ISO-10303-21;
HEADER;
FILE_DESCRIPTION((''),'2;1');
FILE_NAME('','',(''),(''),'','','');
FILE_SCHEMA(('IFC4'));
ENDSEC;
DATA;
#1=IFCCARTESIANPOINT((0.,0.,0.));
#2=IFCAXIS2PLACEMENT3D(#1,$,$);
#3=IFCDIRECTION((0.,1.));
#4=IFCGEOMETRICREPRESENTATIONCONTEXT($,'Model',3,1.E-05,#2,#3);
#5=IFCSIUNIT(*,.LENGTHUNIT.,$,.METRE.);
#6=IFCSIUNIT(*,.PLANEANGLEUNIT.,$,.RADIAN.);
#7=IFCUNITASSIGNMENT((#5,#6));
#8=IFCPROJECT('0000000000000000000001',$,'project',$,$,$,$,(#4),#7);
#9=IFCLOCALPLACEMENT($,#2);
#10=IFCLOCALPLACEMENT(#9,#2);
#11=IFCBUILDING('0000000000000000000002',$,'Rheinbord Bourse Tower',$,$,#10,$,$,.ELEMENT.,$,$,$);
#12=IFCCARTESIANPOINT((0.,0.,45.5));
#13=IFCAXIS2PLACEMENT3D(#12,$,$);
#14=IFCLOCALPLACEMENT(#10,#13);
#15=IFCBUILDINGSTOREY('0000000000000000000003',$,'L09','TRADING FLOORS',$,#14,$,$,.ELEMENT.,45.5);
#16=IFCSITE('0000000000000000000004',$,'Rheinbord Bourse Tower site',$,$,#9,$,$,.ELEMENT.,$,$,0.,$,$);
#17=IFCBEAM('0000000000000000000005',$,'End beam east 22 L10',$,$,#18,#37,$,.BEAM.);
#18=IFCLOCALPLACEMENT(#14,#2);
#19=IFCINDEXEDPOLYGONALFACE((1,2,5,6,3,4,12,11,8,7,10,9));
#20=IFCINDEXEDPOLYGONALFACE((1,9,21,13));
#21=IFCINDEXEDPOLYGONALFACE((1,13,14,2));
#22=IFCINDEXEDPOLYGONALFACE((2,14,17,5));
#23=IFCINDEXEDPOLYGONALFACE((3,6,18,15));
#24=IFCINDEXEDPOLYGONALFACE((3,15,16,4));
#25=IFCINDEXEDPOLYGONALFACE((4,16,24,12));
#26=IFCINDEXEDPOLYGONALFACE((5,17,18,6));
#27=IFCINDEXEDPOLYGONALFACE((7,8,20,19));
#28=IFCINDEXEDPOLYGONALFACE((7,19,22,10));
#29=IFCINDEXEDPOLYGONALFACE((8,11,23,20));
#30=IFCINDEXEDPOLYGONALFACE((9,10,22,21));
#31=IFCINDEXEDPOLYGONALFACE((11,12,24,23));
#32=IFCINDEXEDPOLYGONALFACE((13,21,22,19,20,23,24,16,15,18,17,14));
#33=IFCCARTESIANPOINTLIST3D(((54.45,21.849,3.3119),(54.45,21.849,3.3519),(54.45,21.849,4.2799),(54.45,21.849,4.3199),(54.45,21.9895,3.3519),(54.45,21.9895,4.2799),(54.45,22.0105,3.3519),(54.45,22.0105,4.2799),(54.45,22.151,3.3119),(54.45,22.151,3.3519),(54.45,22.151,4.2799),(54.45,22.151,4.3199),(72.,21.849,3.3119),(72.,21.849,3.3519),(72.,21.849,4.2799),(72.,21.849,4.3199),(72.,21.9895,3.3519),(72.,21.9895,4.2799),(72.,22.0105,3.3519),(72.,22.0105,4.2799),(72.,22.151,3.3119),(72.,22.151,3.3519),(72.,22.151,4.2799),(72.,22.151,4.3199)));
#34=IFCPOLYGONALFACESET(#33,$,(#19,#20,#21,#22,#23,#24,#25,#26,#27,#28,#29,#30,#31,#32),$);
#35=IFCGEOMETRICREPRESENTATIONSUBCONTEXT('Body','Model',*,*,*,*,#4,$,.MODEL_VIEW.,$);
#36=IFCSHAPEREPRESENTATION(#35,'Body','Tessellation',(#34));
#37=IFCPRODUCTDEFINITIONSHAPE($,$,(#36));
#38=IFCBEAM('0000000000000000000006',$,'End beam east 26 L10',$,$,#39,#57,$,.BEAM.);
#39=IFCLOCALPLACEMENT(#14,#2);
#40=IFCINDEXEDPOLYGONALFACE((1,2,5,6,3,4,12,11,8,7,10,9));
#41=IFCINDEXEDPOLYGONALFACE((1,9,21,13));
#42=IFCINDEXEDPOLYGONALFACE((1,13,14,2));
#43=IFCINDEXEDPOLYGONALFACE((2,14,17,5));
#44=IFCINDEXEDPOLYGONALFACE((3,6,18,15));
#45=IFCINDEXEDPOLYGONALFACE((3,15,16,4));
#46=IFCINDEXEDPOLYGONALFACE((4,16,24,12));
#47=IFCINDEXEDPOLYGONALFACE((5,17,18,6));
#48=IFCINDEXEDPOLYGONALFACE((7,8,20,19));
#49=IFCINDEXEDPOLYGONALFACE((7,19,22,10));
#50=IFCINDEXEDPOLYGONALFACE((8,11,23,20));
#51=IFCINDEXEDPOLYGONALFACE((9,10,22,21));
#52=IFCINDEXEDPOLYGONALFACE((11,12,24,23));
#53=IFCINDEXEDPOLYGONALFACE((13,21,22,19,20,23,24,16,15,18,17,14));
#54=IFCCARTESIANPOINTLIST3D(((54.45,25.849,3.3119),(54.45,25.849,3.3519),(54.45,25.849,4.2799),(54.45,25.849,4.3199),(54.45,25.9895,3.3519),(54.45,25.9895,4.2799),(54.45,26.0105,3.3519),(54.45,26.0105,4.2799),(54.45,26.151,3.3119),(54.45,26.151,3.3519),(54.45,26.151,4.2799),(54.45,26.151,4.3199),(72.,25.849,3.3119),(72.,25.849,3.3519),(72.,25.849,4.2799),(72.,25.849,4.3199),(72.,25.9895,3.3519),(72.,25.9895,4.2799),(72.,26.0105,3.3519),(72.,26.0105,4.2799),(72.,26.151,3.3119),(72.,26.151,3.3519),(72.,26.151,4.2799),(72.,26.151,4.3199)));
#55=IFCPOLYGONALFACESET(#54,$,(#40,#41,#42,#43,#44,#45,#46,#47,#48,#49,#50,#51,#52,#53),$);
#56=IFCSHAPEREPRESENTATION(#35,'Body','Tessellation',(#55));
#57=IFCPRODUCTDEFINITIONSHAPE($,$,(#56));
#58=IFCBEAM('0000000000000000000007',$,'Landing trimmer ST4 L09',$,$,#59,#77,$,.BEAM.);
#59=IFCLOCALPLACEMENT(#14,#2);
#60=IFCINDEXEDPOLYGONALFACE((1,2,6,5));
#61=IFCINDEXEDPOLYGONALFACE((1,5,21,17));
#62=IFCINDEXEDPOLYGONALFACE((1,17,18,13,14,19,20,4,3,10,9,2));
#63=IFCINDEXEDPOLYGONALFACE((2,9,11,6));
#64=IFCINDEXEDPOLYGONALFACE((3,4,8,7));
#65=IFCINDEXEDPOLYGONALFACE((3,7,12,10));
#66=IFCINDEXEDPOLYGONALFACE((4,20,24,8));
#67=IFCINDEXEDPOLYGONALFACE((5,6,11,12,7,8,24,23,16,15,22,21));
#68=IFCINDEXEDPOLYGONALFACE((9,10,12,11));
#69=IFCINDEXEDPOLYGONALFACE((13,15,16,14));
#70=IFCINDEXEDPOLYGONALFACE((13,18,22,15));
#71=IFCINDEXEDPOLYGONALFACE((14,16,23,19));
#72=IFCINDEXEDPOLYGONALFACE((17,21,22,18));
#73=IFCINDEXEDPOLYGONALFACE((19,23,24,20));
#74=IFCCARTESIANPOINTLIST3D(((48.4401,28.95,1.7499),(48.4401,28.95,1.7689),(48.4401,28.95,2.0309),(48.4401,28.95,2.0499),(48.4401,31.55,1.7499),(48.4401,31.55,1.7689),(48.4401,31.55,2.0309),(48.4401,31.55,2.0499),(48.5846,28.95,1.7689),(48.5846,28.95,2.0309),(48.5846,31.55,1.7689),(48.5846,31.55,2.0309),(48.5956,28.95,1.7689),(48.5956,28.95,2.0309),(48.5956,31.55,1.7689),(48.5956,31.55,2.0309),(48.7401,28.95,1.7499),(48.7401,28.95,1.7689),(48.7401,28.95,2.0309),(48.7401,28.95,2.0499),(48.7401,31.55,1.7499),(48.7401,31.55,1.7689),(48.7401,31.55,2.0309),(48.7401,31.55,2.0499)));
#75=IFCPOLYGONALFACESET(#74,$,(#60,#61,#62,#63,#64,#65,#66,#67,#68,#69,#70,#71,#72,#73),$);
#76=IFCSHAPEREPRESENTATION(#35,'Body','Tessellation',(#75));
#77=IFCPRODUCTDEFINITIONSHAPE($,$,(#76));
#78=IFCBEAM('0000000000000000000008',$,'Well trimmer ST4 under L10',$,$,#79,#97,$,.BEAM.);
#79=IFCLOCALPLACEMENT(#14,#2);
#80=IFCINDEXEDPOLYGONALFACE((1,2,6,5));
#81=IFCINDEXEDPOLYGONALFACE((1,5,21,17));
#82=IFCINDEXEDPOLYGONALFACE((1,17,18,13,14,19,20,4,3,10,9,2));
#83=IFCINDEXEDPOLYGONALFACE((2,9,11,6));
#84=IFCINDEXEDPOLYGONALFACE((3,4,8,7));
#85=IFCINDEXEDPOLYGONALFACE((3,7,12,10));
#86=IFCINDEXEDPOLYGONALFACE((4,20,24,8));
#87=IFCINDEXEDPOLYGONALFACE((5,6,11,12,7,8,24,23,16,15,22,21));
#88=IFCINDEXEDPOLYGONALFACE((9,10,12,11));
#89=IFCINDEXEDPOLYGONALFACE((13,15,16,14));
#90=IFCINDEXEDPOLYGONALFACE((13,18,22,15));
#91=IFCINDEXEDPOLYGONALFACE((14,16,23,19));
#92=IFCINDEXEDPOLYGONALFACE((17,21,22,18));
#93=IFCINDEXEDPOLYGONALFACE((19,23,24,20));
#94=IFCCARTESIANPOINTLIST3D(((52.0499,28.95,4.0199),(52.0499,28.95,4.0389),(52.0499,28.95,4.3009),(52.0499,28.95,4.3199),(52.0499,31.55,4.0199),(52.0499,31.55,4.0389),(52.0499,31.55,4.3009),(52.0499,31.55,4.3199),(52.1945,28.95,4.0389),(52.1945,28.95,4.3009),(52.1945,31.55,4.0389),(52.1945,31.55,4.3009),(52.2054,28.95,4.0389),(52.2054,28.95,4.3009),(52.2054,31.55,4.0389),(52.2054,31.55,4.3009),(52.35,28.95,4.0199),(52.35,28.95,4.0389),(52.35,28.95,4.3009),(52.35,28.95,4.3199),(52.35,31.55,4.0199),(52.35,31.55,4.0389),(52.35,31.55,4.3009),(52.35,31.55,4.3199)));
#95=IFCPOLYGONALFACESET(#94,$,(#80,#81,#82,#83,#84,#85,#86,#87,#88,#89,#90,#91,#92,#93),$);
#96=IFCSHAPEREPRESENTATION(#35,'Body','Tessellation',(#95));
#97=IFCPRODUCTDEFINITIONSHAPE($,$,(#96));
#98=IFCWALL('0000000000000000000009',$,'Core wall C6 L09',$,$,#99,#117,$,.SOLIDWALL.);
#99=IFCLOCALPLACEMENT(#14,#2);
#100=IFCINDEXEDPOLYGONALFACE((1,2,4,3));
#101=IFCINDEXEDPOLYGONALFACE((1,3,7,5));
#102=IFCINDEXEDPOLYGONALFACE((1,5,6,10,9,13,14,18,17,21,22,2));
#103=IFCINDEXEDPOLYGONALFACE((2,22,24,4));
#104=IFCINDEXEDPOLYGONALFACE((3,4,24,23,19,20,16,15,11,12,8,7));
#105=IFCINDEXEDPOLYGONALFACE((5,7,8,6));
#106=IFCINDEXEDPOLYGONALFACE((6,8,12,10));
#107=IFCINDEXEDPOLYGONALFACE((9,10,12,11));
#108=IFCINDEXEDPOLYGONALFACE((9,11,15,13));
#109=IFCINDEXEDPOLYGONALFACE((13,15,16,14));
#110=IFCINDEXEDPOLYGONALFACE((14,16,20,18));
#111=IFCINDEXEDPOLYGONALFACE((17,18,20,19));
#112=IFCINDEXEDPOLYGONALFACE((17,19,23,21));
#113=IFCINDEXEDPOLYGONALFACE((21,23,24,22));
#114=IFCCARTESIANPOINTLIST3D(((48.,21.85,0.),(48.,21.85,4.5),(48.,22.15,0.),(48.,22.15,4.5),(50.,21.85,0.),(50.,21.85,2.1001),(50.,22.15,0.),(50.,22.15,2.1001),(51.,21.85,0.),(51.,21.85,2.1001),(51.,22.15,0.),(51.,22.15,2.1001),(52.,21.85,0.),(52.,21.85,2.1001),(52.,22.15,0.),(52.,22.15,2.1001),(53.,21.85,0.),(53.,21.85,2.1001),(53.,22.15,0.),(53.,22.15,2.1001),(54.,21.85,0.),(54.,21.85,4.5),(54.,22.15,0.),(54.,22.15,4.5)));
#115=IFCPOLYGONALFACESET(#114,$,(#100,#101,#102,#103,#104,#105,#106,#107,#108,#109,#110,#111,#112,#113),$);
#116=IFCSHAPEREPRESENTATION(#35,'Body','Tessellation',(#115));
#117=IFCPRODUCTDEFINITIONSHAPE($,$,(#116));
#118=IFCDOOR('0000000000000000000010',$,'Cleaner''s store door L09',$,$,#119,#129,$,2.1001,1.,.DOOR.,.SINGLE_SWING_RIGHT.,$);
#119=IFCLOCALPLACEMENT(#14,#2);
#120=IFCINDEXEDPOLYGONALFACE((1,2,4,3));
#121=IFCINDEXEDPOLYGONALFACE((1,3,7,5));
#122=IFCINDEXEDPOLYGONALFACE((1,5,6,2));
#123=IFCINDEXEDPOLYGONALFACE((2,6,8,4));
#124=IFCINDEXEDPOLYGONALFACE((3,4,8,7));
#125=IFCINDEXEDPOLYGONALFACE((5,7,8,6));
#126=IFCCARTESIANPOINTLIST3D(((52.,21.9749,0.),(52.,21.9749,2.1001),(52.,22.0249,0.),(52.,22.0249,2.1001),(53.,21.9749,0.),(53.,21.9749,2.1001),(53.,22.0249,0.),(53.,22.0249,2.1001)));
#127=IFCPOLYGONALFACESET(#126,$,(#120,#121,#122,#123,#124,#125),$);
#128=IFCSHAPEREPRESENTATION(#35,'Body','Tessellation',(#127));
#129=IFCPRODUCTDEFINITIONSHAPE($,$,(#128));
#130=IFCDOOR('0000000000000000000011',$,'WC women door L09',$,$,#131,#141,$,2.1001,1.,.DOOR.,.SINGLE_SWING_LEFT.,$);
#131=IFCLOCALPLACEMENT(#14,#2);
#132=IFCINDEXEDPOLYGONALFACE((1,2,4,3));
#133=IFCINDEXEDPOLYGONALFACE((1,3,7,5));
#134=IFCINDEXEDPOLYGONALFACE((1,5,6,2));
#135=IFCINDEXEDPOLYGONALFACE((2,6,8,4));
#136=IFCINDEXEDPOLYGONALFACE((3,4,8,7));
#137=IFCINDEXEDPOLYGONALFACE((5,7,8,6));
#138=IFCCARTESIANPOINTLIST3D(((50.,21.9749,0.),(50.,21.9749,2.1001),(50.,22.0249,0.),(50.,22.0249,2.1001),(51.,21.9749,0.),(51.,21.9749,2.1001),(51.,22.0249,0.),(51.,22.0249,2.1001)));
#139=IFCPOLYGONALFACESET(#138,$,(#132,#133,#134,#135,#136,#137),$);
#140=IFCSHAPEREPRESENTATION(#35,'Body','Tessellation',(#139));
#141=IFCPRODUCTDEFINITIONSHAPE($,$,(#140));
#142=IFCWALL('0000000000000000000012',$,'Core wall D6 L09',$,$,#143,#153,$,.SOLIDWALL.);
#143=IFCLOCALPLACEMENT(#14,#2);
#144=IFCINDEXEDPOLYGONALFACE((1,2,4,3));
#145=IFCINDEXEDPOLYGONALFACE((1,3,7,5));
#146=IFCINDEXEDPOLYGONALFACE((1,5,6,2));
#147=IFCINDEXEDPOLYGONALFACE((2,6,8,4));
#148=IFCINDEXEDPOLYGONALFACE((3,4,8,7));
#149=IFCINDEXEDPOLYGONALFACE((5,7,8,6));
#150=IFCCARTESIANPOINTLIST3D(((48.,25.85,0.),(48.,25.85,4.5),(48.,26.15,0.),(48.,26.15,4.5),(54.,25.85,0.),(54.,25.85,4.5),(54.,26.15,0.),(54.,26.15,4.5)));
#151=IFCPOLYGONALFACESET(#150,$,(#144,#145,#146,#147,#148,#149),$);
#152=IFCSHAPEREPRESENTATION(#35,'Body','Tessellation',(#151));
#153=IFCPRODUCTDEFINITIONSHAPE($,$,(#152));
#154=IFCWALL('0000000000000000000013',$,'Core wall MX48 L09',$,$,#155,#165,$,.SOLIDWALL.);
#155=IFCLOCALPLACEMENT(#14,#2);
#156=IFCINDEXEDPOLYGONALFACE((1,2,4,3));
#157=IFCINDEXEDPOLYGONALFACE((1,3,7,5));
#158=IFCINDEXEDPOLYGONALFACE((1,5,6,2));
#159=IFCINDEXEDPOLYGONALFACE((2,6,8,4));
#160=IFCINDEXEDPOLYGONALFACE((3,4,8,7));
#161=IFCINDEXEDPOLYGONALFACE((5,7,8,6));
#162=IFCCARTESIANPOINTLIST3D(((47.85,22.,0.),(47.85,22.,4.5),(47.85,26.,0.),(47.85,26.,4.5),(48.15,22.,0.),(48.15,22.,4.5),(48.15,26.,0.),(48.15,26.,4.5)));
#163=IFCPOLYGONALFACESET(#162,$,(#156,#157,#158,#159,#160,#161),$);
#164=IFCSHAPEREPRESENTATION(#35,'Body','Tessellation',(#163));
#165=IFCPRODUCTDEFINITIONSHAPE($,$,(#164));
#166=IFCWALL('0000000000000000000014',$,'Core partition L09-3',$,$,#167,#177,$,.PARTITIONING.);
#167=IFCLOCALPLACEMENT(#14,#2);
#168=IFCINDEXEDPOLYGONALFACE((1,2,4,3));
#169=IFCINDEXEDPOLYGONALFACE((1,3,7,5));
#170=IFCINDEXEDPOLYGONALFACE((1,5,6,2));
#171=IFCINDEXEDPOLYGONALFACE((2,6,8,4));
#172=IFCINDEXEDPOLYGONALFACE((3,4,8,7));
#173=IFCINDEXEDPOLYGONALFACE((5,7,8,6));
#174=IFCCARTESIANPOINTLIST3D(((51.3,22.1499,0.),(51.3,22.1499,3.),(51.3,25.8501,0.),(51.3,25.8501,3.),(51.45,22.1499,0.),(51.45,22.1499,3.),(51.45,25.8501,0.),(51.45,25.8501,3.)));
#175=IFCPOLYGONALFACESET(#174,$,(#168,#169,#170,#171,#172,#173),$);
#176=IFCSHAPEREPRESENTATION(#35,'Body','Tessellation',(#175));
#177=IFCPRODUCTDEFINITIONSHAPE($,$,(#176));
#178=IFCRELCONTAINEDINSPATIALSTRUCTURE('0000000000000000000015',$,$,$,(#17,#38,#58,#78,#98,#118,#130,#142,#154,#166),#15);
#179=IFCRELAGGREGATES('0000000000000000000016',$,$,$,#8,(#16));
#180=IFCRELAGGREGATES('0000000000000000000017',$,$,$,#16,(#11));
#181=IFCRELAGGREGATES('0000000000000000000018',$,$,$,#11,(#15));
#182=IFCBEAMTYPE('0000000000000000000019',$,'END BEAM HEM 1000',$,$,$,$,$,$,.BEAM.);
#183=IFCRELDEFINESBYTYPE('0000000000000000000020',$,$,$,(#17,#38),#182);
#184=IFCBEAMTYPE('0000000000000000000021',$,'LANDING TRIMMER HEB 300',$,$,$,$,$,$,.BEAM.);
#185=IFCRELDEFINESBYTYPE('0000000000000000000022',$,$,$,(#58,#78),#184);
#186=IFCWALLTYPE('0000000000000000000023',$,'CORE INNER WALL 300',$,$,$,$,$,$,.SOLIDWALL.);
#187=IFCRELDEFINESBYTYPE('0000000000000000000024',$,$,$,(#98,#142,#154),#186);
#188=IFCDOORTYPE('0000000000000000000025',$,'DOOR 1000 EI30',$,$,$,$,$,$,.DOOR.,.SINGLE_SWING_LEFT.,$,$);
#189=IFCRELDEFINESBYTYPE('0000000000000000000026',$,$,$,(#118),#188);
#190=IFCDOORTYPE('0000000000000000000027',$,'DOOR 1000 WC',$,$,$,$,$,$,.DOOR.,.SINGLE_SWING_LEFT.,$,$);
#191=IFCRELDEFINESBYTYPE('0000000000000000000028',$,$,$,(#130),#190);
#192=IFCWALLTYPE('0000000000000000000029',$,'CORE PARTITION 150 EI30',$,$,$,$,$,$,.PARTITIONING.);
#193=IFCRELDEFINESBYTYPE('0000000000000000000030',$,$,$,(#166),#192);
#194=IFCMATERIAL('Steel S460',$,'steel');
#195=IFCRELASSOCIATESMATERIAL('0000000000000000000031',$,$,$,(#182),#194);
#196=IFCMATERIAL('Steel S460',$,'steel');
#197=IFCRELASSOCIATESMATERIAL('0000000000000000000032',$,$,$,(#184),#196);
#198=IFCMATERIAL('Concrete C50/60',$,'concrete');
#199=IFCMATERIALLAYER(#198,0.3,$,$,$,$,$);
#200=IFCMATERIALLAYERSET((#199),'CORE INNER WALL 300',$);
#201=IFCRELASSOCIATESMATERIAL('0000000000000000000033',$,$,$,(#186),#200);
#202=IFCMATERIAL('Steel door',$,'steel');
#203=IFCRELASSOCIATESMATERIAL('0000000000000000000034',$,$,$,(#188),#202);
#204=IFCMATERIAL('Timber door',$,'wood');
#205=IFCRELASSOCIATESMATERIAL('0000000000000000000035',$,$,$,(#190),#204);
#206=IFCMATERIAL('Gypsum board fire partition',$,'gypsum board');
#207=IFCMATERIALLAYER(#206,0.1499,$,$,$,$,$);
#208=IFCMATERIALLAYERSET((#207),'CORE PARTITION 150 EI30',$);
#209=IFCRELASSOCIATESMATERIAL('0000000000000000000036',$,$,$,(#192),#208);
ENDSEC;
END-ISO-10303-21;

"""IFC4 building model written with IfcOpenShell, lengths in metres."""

from ifc_helpers import new_model, si_unit, direction, frame, frame_2d, origin, origin_2d, place, context, subcontext, project, spatial, rectangle, i_section, extrude, material, layer, layer_set, material_profile, profile_set, type_object, element, fill, save


model = new_model("IFC4")

# Units and contexts
model_context = context("Model", 3, precision=1e-05, world=origin(), true_north=direction((0.0, 1.0)))
body_context = subcontext(model_context, "Body", "Model", "MODEL_VIEW")
ifc_project = project(units=[si_unit("LENGTHUNIT", "METRE"), si_unit("PLANEANGLEUNIT", "RADIAN")], contexts=[model_context])

# Site, building, storey
site_placement = place(None, origin())
site = spatial("IfcSite", under=ifc_project, at=site_placement, Name="Rheinbord Bourse Tower site", CompositionType="ELEMENT", RefElevation=0.0)
building_placement = place(site_placement, origin())
building = spatial("IfcBuilding", under=site, at=building_placement, Name="Rheinbord Bourse Tower", CompositionType="ELEMENT")
storey_placement = place(building_placement, frame((0.0, 0.0, 45.5)))
storey = spatial("IfcBuildingStorey", under=building, at=storey_placement, Name="L09", Description="TRADING FLOORS", CompositionType="ELEMENT", Elevation=45.5)

# Beams
ifc_material_1 = material(Name="Steel S460", Category="steel")
ifc_material_profile_1 = material_profile(ifc_material_1, i_section(OverallWidth=0.302, OverallDepth=1.0081, WebThickness=0.021, FlangeThickness=0.04, at=origin_2d()), Name="HEM 1000")
ifc_profile_set_1 = profile_set([ifc_material_profile_1], Name="Steel S460")
beam_type_1 = type_object("IfcBeamType", Name="END BEAM HEM 1000", PredefinedType="BEAM", material=ifc_profile_set_1)
for number, where, z_axis, x_axis, name in (
    (1, (54.45, 22.0, 3.8159), (1.0, 0.0, 0.0), (0.0, 1.0, 0.0), "End beam east 22 L10"),
    (2, (54.45, 26.0, 3.8159), (1.0, 0.0, 0.0), (0.0, 1.0, 0.0), "End beam east 26 L10"),
):
    element("IfcBeam", number, at=place(storey_placement, frame(where, z_axis=z_axis, x_axis=x_axis)), inside=storey, type_object=beam_type_1, Name=name, PredefinedType="BEAM", context=body_context, shape_type="SweptSolid", body=[
        extrude(i_section(OverallWidth=0.302, OverallDepth=1.0081, WebThickness=0.021, FlangeThickness=0.04, at=origin_2d()), origin(), (0.0, 0.0, 1.0), 17.55),
    ])
ifc_material_2 = material(Name="Steel S460", Category="steel")
ifc_material_profile_2 = material_profile(ifc_material_2, i_section(OverallWidth=0.3, OverallDepth=0.3, WebThickness=0.011, FlangeThickness=0.019, at=origin_2d()), Name="HEB 300")
ifc_profile_set_2 = profile_set([ifc_material_profile_2], Name="Steel S460")
beam_type_2 = type_object("IfcBeamType", Name="LANDING TRIMMER HEB 300", PredefinedType="BEAM", material=ifc_profile_set_2)
for number, where, z_axis, x_axis, name in (
    (3, (48.5901, 28.95, 1.8999), (0.0, 1.0, 0.0), (-1.0, 0.0, 0.0), "Landing trimmer ST4 L09"),
    (4, (52.2, 28.95, 4.1699), (0.0, 1.0, 0.0), (-1.0, 0.0, 0.0), "Well trimmer ST4 under L10"),
):
    element("IfcBeam", number, at=place(storey_placement, frame(where, z_axis=z_axis, x_axis=x_axis)), inside=storey, type_object=beam_type_2, Name=name, PredefinedType="BEAM", context=body_context, shape_type="SweptSolid", body=[
        extrude(i_section(OverallWidth=0.3, OverallDepth=0.3, WebThickness=0.011, FlangeThickness=0.019, at=origin_2d()), origin(), (0.0, 0.0, 1.0), 2.6001),
    ])

# Wall, openings, doors
ifc_material_3 = material(Name="Concrete C50/60", Category="concrete")
ifc_layer_1 = layer(ifc_material_3, 0.3)
ifc_layer_set_1 = layer_set([ifc_layer_1], Name="CORE INNER WALL 300")
wall_type_1 = type_object("IfcWallType", Name="CORE INNER WALL 300", PredefinedType="SOLIDWALL", material=ifc_layer_set_1)
wall_1_placement = place(storey_placement, frame((48.0, 22.0, 0.0), z_axis=(0.0, 0.0, 1.0), x_axis=(1.0, 0.0, 0.0)))
wall_1 = element("IfcWall", 5, at=wall_1_placement, inside=storey, type_object=wall_type_1, Name="Core wall C6 L09", PredefinedType="SOLIDWALL", context=body_context, shape_type="SweptSolid", body=[
    extrude(rectangle(XDim=6.0, YDim=0.3, at=frame_2d((3.0, 0.0))), origin(), (0.0, 0.0, 1.0), 4.5),
])
opening_1_placement = place(wall_1_placement, frame((2.0, 0.0, 0.0)))
opening_1 = element("IfcOpeningElement", 6, at=opening_1_placement, cuts=wall_1, PredefinedType="OPENING", context=body_context, shape_type="SweptSolid", body=[
    extrude(rectangle(XDim=1.0, YDim=2.1001, at=frame_2d((0.5, 1.05))), frame((0.0, 0.1599, 0.0), z_axis=(0.0, -1.0, 0.0), x_axis=(1.0, 0.0, 0.0)), (0.0, 0.0, 1.0), 0.3201),
])
opening_2_placement = place(wall_1_placement, frame((4.0, 0.0, 0.0)))
opening_2 = element("IfcOpeningElement", 7, at=opening_2_placement, cuts=wall_1, PredefinedType="OPENING", context=body_context, shape_type="SweptSolid", body=[
    extrude(rectangle(XDim=1.0, YDim=2.1001, at=frame_2d((0.5, 1.05))), frame((0.0, 0.1599, 0.0), z_axis=(0.0, -1.0, 0.0), x_axis=(1.0, 0.0, 0.0)), (0.0, 0.0, 1.0), 0.3201),
])
ifc_material_4 = material(Name="Steel door", Category="steel")
door_type_1 = type_object("IfcDoorType", Name="DOOR 1000 EI30", OperationType="SINGLE_SWING_LEFT", PredefinedType="DOOR", material=ifc_material_4)
door_1_placement = place(opening_2_placement, origin())
door_1 = element("IfcDoor", 8, at=door_1_placement, inside=storey, type_object=door_type_1, Name="Cleaner's store door L09", OperationType="SINGLE_SWING_RIGHT", OverallHeight=2.1001, OverallWidth=1.0, PredefinedType="DOOR", context=body_context, shape_type="SweptSolid", body=[
    extrude(rectangle(XDim=1.0, YDim=2.1001, at=frame_2d((0.5, 1.05))), frame((0.0, 0.0249, 0.0), z_axis=(0.0, -1.0, 0.0), x_axis=(1.0, 0.0, 0.0)), (0.0, 0.0, 1.0), 0.05),
])
fill(opening_2, door_1)
ifc_material_5 = material(Name="Timber door", Category="wood")
door_type_2 = type_object("IfcDoorType", Name="DOOR 1000 WC", OperationType="SINGLE_SWING_LEFT", PredefinedType="DOOR", material=ifc_material_5)
door_2_placement = place(opening_1_placement, origin())
door_2 = element("IfcDoor", 9, at=door_2_placement, inside=storey, type_object=door_type_2, Name="WC women door L09", OperationType="SINGLE_SWING_LEFT", OverallHeight=2.1001, OverallWidth=1.0, PredefinedType="DOOR", context=body_context, shape_type="SweptSolid", body=[
    extrude(rectangle(XDim=1.0, YDim=2.1001, at=frame_2d((0.5, 1.05))), frame((0.0, 0.0249, 0.0), z_axis=(0.0, -1.0, 0.0), x_axis=(1.0, 0.0, 0.0)), (0.0, 0.0, 1.0), 0.05),
])
fill(opening_1, door_2)

# Walls
wall_2_placement = place(storey_placement, frame((48.0, 26.0, 0.0), z_axis=(0.0, 0.0, 1.0), x_axis=(1.0, 0.0, 0.0)))
element("IfcWall", 10, at=wall_2_placement, inside=storey, type_object=wall_type_1, Name="Core wall D6 L09", PredefinedType="SOLIDWALL", context=body_context, shape_type="SweptSolid", body=[
    extrude(rectangle(XDim=6.0, YDim=0.3, at=frame_2d((3.0, 0.0))), origin(), (0.0, 0.0, 1.0), 4.5),
])
wall_3_placement = place(storey_placement, frame((48.0, 22.0, 0.0), z_axis=(0.0, 0.0, 1.0), x_axis=(0.0, 1.0, 0.0)))
element("IfcWall", 11, at=wall_3_placement, inside=storey, type_object=wall_type_1, Name="Core wall MX48 L09", PredefinedType="SOLIDWALL", context=body_context, shape_type="SweptSolid", body=[
    extrude(rectangle(XDim=4.0, YDim=0.3, at=frame_2d((2.0, 0.0))), origin(), (0.0, 0.0, 1.0), 4.5),
])
ifc_material_6 = material(Name="Gypsum board fire partition", Category="gypsum board")
ifc_layer_2 = layer(ifc_material_6, 0.1499)
ifc_layer_set_2 = layer_set([ifc_layer_2], Name="CORE PARTITION 150 EI30")
wall_type_2 = type_object("IfcWallType", Name="CORE PARTITION 150 EI30", PredefinedType="PARTITIONING", material=ifc_layer_set_2)
wall_4_placement = place(storey_placement, frame((51.375, 22.1499, 0.0), z_axis=(0.0, 0.0, 1.0), x_axis=(0.0, 1.0, 0.0)))
element("IfcWall", 12, at=wall_4_placement, inside=storey, type_object=wall_type_2, Name="Core partition L09-3", PredefinedType="PARTITIONING", context=body_context, shape_type="SweptSolid", body=[
    extrude(rectangle(XDim=3.7002, YDim=0.1499, at=frame_2d((1.8501, 0.0))), origin(), (0.0, 0.0, 1.0), 3.0),
])

save(model, "model.ifc")
